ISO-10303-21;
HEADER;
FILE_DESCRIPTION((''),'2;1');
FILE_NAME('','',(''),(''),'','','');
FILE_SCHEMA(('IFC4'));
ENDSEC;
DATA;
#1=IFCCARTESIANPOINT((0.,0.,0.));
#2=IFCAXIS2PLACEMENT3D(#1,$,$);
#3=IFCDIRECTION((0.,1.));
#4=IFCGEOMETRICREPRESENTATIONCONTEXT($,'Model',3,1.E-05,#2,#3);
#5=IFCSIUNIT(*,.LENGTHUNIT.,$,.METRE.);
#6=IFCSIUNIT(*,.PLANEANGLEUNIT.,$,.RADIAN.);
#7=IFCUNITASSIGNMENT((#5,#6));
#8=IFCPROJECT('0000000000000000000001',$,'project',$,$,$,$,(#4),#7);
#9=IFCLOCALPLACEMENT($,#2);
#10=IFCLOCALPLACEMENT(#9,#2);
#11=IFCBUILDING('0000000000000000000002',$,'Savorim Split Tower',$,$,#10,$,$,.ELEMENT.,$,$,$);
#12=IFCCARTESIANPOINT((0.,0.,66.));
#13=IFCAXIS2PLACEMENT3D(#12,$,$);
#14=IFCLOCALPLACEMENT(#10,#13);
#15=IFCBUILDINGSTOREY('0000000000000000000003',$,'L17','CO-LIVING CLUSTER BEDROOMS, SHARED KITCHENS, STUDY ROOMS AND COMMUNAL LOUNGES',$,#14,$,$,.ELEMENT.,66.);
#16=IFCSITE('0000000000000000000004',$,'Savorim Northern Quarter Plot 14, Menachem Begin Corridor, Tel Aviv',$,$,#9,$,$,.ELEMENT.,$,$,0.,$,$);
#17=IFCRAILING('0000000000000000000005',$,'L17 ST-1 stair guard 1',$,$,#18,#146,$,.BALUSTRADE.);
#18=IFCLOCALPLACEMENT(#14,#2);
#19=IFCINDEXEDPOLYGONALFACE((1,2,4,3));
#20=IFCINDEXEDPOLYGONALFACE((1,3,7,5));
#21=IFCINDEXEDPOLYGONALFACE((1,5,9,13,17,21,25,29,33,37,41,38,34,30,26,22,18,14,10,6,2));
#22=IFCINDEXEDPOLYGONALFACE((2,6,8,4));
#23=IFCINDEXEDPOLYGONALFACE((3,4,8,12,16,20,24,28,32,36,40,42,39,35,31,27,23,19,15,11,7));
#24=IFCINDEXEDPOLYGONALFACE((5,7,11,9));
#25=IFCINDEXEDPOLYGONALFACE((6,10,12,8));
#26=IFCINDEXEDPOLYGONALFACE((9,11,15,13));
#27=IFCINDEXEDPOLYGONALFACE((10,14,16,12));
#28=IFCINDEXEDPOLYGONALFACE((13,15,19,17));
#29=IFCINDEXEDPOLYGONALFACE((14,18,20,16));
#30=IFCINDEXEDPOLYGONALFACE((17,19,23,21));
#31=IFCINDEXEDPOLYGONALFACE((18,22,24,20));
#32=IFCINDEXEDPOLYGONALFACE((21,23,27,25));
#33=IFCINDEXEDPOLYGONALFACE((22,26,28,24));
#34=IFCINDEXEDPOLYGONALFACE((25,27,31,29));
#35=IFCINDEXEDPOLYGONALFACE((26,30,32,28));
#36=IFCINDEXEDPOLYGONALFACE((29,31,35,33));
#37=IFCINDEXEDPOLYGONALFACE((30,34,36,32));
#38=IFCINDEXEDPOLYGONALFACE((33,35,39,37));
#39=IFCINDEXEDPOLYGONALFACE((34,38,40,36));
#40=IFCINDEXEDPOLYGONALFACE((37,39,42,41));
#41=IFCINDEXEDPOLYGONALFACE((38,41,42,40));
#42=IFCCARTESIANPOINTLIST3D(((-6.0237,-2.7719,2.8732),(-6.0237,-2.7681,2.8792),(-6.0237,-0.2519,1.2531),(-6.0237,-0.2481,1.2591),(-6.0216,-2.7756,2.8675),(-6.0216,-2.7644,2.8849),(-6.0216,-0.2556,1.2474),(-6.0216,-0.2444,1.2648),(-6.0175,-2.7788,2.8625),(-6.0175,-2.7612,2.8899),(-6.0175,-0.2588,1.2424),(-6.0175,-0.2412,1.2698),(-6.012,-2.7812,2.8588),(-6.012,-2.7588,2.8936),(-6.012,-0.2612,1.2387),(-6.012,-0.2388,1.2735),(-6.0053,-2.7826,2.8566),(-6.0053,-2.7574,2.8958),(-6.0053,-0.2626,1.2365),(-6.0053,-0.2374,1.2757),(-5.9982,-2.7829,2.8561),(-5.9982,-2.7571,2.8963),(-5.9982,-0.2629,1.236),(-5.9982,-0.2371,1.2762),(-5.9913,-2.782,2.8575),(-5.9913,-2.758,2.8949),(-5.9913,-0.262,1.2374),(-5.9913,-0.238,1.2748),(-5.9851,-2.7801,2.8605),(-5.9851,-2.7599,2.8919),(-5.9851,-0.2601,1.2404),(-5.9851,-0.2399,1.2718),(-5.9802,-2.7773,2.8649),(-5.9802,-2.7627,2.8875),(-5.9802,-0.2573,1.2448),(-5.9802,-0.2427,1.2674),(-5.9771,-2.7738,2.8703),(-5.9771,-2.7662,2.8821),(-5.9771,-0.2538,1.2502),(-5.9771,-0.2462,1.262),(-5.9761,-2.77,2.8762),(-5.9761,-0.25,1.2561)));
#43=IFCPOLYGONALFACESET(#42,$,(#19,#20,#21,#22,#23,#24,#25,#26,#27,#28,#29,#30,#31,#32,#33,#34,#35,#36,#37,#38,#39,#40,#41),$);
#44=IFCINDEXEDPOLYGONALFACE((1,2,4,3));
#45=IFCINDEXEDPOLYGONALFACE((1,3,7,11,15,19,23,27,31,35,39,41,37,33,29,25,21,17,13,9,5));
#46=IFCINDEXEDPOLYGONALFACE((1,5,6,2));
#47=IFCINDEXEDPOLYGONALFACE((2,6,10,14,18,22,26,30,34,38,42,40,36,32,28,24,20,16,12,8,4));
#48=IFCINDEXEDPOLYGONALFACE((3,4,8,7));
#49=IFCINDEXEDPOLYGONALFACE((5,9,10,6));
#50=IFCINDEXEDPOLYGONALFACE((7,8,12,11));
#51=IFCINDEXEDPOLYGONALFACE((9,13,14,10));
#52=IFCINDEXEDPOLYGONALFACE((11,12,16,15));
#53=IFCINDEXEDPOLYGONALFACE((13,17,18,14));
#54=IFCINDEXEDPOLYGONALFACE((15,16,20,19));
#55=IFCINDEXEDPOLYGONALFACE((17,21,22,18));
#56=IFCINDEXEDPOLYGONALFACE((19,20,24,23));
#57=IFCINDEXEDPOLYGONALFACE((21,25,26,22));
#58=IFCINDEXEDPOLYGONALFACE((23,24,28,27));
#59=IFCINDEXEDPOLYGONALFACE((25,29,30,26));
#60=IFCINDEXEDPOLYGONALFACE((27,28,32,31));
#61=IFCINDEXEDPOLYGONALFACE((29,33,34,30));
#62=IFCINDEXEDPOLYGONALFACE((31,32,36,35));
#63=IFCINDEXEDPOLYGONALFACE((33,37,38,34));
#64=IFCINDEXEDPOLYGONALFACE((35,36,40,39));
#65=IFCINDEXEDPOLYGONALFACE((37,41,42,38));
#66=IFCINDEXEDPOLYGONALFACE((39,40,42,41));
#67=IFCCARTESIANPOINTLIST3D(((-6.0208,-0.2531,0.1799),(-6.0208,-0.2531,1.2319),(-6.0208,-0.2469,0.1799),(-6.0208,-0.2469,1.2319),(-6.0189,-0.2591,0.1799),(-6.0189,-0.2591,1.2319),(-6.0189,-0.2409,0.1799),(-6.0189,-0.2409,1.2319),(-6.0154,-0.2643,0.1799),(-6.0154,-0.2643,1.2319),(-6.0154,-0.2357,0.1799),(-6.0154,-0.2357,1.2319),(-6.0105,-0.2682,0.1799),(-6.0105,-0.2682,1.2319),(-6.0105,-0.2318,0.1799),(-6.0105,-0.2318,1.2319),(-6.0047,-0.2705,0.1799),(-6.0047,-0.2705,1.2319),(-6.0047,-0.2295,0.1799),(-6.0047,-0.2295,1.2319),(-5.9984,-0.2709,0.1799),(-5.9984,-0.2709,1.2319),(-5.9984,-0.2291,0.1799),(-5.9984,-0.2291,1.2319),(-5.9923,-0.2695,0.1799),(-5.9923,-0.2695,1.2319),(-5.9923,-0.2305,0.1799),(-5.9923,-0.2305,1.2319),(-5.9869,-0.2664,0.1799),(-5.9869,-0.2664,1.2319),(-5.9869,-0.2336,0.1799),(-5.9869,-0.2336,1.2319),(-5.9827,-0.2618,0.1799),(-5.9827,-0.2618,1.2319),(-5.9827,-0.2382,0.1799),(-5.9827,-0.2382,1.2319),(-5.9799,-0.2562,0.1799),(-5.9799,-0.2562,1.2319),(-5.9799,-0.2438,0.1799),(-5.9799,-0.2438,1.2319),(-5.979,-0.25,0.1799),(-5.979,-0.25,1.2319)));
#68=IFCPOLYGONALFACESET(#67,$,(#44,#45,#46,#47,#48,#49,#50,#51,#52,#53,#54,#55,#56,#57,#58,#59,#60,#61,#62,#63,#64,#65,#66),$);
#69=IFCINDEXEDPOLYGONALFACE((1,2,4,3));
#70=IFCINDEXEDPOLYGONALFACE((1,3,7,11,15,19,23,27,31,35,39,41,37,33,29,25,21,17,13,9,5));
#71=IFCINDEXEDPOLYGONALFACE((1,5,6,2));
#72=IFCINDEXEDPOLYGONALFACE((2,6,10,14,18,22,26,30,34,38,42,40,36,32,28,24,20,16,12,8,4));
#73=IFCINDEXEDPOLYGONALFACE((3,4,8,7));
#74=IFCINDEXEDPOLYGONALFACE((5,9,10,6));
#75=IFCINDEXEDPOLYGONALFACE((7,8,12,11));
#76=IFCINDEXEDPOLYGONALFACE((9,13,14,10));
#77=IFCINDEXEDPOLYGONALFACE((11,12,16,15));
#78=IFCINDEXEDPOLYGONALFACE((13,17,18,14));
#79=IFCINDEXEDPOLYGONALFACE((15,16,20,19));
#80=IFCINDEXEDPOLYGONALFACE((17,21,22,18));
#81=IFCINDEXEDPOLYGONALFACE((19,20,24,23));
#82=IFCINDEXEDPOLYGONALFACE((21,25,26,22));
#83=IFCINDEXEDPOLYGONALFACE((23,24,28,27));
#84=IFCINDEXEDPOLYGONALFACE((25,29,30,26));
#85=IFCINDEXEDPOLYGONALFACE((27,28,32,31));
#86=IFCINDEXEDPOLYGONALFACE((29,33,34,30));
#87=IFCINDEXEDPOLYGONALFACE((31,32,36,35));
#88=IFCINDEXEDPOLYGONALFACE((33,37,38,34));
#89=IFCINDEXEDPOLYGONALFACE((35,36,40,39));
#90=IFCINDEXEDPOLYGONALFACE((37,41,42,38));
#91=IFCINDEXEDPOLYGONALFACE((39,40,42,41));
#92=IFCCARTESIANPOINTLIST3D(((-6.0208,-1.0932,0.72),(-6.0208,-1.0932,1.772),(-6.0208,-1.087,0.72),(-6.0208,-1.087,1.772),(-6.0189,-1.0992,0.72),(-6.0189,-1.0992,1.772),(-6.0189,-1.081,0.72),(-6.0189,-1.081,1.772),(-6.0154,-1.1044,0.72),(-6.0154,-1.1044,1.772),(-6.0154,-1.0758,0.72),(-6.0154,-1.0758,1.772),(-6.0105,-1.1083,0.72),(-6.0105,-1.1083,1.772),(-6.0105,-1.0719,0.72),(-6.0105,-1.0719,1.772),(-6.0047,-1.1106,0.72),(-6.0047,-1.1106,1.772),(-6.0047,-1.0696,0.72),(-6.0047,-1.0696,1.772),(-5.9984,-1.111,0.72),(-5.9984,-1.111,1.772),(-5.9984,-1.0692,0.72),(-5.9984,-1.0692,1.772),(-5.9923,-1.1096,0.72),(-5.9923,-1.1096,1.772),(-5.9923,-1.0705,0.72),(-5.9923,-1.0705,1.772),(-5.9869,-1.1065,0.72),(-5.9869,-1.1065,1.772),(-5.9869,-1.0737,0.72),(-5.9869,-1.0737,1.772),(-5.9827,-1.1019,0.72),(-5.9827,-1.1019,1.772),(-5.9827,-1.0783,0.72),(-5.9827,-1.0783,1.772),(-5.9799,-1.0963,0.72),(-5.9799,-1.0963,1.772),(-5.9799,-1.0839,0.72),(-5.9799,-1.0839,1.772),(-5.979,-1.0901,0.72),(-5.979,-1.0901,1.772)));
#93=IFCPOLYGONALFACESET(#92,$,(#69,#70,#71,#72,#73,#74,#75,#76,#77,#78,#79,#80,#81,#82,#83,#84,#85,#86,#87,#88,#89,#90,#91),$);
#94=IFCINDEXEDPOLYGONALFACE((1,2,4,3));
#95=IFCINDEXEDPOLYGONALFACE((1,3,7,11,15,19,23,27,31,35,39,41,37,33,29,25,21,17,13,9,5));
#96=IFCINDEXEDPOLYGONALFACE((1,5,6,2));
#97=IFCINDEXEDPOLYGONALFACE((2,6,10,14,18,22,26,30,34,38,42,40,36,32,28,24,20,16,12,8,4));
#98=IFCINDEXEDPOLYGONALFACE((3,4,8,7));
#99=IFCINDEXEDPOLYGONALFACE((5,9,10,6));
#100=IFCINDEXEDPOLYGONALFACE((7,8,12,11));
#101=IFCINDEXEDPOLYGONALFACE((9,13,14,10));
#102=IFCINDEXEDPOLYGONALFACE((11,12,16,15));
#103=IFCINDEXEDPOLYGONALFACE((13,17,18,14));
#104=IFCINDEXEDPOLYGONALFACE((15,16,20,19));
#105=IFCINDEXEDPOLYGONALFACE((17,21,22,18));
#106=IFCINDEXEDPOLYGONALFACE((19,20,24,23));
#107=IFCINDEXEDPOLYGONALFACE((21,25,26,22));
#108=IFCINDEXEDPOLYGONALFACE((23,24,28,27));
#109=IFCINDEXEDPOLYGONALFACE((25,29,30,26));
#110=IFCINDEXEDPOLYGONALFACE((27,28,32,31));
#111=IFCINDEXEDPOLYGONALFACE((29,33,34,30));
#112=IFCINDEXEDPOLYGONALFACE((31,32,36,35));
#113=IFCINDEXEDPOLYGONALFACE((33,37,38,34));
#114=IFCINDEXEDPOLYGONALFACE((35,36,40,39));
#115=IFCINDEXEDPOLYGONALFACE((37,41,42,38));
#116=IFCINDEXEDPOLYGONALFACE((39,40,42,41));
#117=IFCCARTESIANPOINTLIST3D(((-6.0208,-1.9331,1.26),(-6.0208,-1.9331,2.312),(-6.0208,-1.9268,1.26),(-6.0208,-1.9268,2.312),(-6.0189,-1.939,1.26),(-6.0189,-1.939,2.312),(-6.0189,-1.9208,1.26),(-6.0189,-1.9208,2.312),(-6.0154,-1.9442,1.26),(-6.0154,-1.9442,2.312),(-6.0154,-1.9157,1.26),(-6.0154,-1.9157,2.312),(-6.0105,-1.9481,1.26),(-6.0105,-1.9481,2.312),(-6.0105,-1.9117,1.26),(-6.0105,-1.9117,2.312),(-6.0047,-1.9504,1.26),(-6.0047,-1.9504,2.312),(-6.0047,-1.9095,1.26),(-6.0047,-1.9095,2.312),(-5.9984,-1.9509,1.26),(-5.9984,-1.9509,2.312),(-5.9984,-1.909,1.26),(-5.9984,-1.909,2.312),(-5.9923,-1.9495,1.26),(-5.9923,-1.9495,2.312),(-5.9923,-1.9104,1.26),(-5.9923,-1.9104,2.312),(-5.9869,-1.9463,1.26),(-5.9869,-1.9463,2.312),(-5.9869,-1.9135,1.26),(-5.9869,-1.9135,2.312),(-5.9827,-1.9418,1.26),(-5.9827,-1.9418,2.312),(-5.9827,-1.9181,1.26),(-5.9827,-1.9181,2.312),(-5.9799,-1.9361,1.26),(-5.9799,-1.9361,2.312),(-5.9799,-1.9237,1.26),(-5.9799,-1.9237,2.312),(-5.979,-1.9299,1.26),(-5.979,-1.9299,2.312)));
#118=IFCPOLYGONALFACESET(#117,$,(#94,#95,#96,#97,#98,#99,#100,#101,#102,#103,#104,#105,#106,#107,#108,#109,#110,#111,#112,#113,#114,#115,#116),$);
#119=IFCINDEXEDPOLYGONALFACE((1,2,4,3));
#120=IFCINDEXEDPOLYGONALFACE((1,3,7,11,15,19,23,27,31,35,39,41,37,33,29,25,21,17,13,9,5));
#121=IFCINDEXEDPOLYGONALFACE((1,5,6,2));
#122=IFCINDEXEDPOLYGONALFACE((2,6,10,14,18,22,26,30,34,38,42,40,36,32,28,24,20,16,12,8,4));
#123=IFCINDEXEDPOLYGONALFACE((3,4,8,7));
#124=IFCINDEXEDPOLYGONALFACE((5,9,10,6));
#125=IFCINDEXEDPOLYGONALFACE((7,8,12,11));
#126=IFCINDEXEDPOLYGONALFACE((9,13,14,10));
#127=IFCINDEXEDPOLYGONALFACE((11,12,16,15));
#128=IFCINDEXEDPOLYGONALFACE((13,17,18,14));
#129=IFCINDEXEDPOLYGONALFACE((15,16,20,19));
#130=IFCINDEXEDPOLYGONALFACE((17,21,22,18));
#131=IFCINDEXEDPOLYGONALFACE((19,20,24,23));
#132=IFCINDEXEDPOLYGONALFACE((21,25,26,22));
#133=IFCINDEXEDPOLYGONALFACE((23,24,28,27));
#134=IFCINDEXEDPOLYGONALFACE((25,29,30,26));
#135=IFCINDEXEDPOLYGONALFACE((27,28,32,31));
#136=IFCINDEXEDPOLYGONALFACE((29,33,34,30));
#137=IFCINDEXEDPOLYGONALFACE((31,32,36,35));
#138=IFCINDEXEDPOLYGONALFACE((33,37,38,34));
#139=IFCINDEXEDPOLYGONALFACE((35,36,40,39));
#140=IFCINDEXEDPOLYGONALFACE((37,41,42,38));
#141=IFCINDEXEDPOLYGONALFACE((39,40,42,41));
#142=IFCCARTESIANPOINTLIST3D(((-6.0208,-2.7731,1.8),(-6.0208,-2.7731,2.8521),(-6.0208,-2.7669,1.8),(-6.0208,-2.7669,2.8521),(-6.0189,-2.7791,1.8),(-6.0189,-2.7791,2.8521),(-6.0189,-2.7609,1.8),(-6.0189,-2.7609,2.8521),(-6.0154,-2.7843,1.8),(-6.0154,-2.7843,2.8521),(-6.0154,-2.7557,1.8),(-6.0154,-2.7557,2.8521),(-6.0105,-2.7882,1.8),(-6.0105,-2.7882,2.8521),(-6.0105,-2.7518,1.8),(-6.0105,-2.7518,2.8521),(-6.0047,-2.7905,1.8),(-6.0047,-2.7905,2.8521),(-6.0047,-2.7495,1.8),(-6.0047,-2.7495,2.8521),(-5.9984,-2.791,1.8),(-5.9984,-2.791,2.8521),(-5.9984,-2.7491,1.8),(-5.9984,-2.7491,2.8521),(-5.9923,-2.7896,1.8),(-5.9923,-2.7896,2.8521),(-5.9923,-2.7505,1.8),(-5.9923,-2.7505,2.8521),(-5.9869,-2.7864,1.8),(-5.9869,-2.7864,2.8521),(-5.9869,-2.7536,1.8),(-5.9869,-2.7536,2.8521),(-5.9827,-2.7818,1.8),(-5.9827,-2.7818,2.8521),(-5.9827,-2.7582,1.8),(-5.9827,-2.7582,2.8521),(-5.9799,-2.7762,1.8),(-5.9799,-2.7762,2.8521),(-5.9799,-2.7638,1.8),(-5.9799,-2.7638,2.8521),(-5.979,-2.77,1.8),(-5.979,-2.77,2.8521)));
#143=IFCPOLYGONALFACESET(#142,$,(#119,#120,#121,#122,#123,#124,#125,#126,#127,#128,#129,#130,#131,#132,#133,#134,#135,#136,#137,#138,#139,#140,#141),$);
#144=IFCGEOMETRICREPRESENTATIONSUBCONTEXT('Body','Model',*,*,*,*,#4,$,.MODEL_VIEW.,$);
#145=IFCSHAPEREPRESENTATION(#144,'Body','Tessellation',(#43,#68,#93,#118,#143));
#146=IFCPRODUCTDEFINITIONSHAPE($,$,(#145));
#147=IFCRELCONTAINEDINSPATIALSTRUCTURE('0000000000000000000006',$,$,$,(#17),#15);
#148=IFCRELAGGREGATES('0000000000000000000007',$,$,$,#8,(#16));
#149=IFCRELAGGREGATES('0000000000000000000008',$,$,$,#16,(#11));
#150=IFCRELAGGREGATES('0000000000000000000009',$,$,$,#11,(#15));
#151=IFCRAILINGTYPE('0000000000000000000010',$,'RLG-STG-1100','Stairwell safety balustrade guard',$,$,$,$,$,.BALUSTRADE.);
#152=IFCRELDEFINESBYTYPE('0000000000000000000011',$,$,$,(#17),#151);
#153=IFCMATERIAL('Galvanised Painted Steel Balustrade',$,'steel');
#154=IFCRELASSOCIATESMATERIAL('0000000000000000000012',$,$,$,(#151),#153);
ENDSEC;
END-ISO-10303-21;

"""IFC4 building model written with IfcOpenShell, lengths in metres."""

from ifc_helpers import new_model, si_unit, direction, frame, origin, origin_2d, place, context, subcontext, project, spatial, circle, extrude, material, type_object, element, save


model = new_model("IFC4")

# Units and contexts
model_context = context("Model", 3, precision=1e-05, world=origin(), true_north=direction((0.0, 1.0)))
body_context = subcontext(model_context, "Body", "Model", "MODEL_VIEW")
ifc_project = project(units=[si_unit("LENGTHUNIT", "METRE"), si_unit("PLANEANGLEUNIT", "RADIAN")], contexts=[model_context])

# Site, building, storey
site_placement = place(None, origin())
site = spatial("IfcSite", under=ifc_project, at=site_placement, Name="Savorim Northern Quarter Plot 14, Menachem Begin Corridor, Tel Aviv", CompositionType="ELEMENT", RefElevation=0.0)
building_placement = place(site_placement, origin())
building = spatial("IfcBuilding", under=site, at=building_placement, Name="Savorim Split Tower", CompositionType="ELEMENT")
storey_placement = place(building_placement, frame((0.0, 0.0, 66.0)))
storey = spatial("IfcBuildingStorey", under=building, at=storey_placement, Name="L17", Description="CO-LIVING CLUSTER BEDROOMS, SHARED KITCHENS, STUDY ROOMS AND COMMUNAL LOUNGES", CompositionType="ELEMENT", Elevation=66.0)

# Railing
ifc_material_1 = material(Name="Galvanised Painted Steel Balustrade", Category="steel")
railing_type_1 = type_object("IfcRailingType", Name="RLG-STG-1100", Description="Stairwell safety balustrade guard", PredefinedType="BALUSTRADE", material=ifc_material_1)
railing_1_placement = place(storey_placement, frame((-6.0, -0.25, 0.1799)))
element("IfcRailing", 1, at=railing_1_placement, inside=storey, type_object=railing_type_1, Name="L17 ST-1 stair guard 1", PredefinedType="BALUSTRADE", context=body_context, shape_type="SweptSolid", body=[
    extrude(circle(Radius=0.0239, at=origin_2d()), frame((0.0, 0.0, 1.0762), z_axis=(0.0, -0.841163, 0.540782), x_axis=(1.0, 0.0, 0.0)), (0.0, 0.0, 1.0), 2.9958),
    extrude(circle(Radius=0.021, at=origin_2d()), origin(), (0.0, 0.0, 1.0), 1.052),
    extrude(circle(Radius=0.021, at=origin_2d()), frame((0.0, -0.8401, 0.54)), (0.0, 0.0, 1.0), 1.052),
    extrude(circle(Radius=0.021, at=origin_2d()), frame((0.0, -1.6799, 1.0801)), (0.0, 0.0, 1.0), 1.052),
    extrude(circle(Radius=0.021, at=origin_2d()), frame((0.0, -2.52, 1.6201)), (0.0, 0.0, 1.0), 1.052),
])

save(model, "model.ifc")
